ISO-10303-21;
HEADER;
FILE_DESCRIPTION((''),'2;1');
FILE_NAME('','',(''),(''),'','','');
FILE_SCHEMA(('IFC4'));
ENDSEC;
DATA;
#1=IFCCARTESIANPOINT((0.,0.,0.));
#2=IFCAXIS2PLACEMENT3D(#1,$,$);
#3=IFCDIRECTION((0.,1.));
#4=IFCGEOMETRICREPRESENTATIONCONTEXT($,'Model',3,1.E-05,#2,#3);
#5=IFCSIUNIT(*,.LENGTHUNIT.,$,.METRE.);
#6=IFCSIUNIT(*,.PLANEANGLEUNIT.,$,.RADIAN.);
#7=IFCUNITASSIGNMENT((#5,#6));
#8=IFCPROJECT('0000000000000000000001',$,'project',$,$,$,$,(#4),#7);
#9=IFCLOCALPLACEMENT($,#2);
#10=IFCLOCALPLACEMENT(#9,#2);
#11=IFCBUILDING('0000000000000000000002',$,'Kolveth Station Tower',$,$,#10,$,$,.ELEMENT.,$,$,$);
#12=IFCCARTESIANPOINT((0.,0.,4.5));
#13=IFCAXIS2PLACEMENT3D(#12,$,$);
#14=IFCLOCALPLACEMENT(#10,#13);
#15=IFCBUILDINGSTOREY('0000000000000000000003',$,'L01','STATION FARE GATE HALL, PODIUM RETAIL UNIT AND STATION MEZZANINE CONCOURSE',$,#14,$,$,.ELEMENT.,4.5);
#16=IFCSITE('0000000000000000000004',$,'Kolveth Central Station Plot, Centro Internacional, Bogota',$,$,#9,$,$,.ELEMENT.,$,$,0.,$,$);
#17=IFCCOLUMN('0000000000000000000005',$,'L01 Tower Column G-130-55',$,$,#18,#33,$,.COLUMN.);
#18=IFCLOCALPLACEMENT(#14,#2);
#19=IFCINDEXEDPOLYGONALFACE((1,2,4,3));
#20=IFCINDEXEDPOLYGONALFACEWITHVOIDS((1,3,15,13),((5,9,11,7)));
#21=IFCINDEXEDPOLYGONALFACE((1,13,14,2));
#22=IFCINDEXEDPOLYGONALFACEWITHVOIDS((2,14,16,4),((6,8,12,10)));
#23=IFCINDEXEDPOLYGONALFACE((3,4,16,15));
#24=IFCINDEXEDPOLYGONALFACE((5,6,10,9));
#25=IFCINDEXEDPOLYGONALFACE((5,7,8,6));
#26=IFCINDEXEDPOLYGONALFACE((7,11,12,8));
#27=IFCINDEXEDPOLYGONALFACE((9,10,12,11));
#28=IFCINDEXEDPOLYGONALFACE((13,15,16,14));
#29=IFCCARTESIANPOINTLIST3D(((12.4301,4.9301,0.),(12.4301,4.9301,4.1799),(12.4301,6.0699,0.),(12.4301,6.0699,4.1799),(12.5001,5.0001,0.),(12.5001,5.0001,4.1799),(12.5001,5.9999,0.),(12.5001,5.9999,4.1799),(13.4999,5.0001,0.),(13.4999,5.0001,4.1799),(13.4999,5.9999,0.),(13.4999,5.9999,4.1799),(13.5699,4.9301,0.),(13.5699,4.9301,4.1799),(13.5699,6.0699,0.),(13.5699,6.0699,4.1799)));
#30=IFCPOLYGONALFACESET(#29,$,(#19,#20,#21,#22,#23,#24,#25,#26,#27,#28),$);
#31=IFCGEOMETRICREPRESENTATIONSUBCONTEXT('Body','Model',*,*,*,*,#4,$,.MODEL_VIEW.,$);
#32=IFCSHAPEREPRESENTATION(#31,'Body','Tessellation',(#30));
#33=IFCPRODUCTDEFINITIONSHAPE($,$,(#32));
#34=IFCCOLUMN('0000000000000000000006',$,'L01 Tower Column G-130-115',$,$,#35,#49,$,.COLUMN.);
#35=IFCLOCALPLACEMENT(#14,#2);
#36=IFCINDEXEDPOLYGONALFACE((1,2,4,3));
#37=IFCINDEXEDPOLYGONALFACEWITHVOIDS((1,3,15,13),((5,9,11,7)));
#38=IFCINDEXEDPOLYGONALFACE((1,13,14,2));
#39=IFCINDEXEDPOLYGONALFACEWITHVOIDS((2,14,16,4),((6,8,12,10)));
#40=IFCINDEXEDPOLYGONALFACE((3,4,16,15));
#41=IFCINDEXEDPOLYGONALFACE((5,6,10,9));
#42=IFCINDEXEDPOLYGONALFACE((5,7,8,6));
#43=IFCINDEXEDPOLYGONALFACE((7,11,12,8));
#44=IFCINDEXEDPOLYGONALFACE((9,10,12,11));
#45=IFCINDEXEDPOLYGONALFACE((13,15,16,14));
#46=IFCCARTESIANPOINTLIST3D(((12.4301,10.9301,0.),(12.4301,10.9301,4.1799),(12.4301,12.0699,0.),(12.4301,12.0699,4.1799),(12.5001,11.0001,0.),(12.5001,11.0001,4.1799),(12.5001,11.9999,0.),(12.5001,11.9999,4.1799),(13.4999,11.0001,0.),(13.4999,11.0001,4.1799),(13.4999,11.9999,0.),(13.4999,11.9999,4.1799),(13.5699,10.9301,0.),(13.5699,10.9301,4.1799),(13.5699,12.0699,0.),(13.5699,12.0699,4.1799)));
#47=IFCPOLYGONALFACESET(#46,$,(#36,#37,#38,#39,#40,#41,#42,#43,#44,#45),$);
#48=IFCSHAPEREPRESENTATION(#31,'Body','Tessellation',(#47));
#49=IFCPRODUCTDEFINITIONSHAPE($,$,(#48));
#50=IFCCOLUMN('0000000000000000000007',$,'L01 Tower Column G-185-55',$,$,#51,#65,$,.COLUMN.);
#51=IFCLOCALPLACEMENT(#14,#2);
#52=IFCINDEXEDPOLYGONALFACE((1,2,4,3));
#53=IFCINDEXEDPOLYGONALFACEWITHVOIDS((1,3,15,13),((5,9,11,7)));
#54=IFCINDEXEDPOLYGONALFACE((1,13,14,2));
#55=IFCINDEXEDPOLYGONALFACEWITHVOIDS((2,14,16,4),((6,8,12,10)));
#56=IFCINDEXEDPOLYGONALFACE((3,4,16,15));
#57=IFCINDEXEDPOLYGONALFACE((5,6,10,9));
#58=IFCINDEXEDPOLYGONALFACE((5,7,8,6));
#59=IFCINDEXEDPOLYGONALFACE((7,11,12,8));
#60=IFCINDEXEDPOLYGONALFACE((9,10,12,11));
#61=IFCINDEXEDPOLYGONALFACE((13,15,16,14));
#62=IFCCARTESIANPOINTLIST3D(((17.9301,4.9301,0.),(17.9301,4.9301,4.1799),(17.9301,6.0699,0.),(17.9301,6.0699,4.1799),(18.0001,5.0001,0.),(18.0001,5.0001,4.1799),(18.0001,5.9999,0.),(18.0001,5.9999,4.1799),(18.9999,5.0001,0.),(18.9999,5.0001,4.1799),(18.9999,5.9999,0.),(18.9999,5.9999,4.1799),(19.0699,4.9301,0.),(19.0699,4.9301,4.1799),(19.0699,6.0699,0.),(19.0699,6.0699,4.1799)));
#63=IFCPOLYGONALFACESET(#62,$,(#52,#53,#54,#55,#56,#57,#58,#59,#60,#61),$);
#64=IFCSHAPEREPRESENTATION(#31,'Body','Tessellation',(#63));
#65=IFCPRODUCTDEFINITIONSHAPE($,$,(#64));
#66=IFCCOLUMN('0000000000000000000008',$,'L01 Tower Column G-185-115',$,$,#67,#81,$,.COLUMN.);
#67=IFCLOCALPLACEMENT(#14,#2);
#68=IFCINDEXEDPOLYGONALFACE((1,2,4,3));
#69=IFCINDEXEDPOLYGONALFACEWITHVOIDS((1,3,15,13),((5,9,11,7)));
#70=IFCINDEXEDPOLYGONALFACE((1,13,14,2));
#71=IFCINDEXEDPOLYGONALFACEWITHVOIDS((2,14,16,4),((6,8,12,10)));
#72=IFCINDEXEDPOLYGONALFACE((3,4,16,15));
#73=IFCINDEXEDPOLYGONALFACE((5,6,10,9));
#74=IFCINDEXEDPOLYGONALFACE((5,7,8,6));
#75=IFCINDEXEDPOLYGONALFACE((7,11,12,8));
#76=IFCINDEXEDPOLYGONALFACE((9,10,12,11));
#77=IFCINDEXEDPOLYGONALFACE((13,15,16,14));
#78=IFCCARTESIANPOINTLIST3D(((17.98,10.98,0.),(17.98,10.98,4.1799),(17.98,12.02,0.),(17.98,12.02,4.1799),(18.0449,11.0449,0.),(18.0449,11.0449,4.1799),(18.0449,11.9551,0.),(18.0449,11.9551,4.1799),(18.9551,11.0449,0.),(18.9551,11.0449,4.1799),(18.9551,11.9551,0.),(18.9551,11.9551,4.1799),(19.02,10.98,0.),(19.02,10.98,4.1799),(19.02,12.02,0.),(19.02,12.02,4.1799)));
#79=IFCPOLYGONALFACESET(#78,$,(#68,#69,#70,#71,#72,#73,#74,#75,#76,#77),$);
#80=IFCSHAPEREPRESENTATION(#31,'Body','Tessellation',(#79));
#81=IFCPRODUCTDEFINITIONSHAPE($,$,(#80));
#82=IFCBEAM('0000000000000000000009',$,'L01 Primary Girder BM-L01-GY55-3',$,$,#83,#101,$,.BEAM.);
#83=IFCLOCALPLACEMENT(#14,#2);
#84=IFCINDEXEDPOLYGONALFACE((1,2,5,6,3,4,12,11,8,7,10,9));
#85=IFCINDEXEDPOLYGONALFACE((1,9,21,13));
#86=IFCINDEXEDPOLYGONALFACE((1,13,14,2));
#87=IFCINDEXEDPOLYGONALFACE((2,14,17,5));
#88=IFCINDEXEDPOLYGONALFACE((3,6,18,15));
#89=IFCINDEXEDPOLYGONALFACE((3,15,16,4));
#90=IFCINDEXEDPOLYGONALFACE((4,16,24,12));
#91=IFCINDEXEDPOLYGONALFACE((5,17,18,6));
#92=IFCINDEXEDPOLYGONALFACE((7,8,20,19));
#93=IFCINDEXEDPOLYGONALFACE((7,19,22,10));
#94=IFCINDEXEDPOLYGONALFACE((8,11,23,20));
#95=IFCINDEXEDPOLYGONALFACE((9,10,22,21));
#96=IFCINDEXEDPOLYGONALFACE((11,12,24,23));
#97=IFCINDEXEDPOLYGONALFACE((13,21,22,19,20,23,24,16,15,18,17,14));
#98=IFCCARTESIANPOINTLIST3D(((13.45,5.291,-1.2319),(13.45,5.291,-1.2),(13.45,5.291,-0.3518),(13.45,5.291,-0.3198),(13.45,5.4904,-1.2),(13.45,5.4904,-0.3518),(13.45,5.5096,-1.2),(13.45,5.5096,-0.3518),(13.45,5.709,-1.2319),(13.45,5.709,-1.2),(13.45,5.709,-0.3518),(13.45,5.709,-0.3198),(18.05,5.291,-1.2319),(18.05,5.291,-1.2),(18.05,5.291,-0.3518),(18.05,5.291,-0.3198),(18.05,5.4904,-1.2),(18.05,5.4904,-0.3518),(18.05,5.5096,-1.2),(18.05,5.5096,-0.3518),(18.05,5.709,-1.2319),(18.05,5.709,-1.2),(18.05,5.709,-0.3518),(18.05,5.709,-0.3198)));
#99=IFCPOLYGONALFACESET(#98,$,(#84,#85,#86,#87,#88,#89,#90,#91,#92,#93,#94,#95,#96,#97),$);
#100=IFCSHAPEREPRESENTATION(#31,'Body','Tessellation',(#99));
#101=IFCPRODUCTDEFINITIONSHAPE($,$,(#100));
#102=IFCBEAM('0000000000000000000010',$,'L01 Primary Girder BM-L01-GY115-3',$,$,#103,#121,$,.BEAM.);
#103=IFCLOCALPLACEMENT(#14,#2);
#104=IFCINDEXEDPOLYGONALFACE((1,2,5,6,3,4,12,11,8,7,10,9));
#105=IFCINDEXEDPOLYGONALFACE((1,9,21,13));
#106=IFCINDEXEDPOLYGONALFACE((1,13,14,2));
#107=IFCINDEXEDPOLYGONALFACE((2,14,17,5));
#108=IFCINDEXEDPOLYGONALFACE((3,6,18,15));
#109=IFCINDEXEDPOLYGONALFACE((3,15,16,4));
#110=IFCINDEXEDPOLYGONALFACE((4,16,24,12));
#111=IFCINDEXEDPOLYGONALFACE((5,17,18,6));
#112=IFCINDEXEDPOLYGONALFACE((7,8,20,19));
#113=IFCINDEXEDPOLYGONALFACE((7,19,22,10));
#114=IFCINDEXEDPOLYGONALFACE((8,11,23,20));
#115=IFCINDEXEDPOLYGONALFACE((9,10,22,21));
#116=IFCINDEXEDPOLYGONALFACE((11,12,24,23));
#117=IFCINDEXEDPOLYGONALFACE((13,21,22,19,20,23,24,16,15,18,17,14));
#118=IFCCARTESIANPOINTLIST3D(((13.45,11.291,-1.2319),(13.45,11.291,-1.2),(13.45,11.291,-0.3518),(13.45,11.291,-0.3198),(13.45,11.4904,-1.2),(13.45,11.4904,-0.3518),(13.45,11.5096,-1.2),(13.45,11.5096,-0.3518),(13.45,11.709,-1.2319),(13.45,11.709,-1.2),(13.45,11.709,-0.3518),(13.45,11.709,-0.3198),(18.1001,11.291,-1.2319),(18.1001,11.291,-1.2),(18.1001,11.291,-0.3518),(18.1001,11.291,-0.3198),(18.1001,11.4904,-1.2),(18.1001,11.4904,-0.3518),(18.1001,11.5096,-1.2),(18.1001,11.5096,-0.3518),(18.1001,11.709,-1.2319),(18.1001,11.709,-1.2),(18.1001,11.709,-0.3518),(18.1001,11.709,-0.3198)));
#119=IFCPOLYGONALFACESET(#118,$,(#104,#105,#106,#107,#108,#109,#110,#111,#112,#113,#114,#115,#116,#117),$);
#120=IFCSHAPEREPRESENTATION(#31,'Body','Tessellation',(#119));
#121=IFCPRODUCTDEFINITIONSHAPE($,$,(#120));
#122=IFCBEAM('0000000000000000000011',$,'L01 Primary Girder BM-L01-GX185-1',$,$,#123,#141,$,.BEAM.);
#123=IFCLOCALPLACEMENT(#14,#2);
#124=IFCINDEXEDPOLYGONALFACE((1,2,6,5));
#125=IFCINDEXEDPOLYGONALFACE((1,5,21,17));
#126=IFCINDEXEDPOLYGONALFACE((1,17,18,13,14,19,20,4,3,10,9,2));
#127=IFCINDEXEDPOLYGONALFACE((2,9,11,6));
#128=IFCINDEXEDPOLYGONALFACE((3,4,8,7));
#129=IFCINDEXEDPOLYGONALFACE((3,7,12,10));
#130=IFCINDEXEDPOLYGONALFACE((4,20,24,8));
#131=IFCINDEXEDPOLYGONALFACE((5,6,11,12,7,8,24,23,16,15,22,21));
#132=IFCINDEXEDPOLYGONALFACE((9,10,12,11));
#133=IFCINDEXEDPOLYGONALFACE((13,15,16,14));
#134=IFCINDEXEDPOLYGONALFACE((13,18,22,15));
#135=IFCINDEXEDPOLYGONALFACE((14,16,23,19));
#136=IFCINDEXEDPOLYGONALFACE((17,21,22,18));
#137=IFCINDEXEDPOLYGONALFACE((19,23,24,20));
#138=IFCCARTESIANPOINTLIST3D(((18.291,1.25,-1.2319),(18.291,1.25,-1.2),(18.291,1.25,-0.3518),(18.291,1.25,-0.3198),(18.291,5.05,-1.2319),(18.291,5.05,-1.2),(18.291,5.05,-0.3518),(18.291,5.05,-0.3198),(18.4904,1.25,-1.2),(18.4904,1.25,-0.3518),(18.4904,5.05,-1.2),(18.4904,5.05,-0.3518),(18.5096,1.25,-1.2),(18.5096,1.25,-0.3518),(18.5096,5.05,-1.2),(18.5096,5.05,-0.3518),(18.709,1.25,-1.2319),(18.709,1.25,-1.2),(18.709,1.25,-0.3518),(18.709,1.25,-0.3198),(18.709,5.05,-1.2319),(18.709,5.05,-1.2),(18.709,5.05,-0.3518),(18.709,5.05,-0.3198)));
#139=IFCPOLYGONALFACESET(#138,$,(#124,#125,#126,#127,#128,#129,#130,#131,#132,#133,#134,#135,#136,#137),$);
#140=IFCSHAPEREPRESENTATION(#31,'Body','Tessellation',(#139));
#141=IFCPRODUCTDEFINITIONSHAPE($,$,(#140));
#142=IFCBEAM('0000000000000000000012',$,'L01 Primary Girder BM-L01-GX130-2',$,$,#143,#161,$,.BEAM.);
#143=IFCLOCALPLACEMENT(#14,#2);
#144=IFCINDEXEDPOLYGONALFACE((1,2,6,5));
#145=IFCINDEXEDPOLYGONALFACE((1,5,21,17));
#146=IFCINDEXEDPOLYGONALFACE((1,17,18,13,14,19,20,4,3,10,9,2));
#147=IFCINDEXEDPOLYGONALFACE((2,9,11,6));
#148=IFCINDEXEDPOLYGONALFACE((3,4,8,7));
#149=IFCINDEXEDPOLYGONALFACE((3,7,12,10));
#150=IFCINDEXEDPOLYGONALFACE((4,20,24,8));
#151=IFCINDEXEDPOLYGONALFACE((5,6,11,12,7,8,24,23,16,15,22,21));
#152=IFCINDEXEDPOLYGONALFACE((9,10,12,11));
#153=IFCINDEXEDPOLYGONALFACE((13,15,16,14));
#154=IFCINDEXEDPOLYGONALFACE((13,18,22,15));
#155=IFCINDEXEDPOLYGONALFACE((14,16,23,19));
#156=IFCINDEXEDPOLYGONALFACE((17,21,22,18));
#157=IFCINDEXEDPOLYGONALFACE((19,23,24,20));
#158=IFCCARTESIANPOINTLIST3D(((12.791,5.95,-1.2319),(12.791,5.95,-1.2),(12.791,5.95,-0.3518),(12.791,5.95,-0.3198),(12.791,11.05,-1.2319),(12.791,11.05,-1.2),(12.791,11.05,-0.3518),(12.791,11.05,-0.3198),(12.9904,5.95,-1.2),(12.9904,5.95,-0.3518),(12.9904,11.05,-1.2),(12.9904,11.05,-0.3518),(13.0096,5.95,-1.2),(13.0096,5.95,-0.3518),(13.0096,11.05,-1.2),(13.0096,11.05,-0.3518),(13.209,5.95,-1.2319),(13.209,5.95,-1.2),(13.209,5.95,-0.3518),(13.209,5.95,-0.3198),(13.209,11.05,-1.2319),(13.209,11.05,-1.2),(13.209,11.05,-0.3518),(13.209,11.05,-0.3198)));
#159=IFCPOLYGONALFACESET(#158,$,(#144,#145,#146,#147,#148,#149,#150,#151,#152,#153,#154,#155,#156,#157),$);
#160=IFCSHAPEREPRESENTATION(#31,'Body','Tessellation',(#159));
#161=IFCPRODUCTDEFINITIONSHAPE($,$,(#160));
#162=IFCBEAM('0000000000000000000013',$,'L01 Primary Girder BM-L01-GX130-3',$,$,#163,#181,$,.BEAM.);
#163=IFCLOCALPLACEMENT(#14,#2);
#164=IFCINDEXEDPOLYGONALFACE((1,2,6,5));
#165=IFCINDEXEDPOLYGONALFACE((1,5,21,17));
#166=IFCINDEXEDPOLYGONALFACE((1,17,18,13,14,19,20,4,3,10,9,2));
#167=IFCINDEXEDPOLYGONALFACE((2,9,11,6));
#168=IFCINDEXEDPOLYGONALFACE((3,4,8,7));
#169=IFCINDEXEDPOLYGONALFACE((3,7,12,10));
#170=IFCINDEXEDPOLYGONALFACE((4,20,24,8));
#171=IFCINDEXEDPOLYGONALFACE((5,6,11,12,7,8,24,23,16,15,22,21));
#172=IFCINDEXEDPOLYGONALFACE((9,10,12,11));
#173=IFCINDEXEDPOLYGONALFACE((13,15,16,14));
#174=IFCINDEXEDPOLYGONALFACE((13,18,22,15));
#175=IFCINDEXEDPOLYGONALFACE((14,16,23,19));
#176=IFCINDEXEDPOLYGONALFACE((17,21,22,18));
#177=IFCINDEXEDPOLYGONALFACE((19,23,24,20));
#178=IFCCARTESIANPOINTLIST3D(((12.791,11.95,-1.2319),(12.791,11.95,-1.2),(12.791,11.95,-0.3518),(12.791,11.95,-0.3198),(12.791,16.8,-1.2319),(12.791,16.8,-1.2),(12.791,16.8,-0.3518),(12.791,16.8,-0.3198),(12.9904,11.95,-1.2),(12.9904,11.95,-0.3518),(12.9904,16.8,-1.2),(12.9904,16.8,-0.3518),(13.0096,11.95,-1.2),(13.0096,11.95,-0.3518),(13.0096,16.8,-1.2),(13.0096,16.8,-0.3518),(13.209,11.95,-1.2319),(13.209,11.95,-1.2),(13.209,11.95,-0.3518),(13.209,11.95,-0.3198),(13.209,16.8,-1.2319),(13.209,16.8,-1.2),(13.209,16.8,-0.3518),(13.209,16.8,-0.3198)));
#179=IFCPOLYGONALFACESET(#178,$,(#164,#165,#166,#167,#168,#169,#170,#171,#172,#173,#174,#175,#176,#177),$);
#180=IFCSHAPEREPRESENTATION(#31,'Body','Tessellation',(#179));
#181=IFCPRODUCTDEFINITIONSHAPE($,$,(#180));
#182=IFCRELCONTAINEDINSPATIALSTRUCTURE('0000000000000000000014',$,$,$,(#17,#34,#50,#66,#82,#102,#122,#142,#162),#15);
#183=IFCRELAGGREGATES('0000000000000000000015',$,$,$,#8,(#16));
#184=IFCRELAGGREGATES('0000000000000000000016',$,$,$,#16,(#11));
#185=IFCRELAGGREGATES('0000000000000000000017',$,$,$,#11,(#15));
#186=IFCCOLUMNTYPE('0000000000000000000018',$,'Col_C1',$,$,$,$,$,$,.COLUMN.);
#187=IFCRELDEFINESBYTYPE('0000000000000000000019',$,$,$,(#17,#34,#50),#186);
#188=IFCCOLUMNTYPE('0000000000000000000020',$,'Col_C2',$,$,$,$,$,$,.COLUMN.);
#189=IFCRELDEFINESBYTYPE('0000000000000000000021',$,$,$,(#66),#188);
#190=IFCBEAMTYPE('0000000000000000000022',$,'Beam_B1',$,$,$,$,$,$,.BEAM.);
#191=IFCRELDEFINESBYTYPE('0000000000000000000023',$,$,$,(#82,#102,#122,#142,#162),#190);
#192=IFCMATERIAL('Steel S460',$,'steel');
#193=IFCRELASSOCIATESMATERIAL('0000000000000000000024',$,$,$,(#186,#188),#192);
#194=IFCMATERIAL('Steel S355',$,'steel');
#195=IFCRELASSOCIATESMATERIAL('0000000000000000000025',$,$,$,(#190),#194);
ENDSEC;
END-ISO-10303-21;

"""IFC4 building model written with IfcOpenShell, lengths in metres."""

from ifc_helpers import new_model, si_unit, direction, frame, origin, origin_2d, place, context, subcontext, project, spatial, hollow_rectangle, i_section, extrude, source, transform, mapped, material, material_profile, profile_set, type_object, element, save


model = new_model("IFC4")

# Units and contexts
model_context = context("Model", 3, precision=1e-05, world=origin(), true_north=direction((0.0, 1.0)))
body_context = subcontext(model_context, "Body", "Model", "MODEL_VIEW")
ifc_project = project(units=[si_unit("LENGTHUNIT", "METRE"), si_unit("PLANEANGLEUNIT", "RADIAN")], contexts=[model_context])

# Site, building, storey
site_placement = place(None, origin())
site = spatial("IfcSite", under=ifc_project, at=site_placement, Name="Kolveth Central Station Plot, Centro Internacional, Bogota", CompositionType="ELEMENT", RefElevation=0.0)
building_placement = place(site_placement, origin())
building = spatial("IfcBuilding", under=site, at=building_placement, Name="Kolveth Station Tower", CompositionType="ELEMENT")
storey_placement = place(building_placement, frame((0.0, 0.0, 4.5)))
storey = spatial("IfcBuildingStorey", under=building, at=storey_placement, Name="L01", Description="STATION FARE GATE HALL, PODIUM RETAIL UNIT AND STATION MEZZANINE CONCOURSE", CompositionType="ELEMENT", Elevation=4.5)

# Columns
ifc_material_1 = material(Name="Steel S460", Category="steel")
ifc_material_profile_1 = material_profile(ifc_material_1, hollow_rectangle(XDim=1.1399, YDim=1.1399, WallThickness=0.0701, at=origin_2d()), Name="BOX1140x1140x70")
ifc_profile_set_1 = profile_set([ifc_material_profile_1], Name="Steel S460")
column_type_1 = type_object("IfcColumnType", Name="Col_C1", PredefinedType="COLUMN", material=ifc_profile_set_1)
shared_shape_1 = source(origin(), body_context, "Body", "SweptSolid", [
    extrude(hollow_rectangle(XDim=1.1399, YDim=1.1399, WallThickness=0.0701, at=origin_2d()), origin(), (0.0, 0.0, 1.0), 4.1799),
])
for number, where, z_axis, x_axis, name in (
    (1, (13.0, 5.5, 0.0), (0.0, 0.0, 1.0), (1.0, 0.0, 0.0), "L01 Tower Column G-130-55"),
    (2, (13.0, 11.5, 0.0), (0.0, 0.0, 1.0), (1.0, 0.0, 0.0), "L01 Tower Column G-130-115"),
    (3, (18.5, 5.5, 0.0), (0.0, 0.0, 1.0), (1.0, 0.0, 0.0), "L01 Tower Column G-185-55"),
):
    element("IfcColumn", number, at=place(storey_placement, frame(where, z_axis=z_axis, x_axis=x_axis)), inside=storey, type_object=column_type_1, Name=name, PredefinedType="COLUMN", context=body_context, shape_type="MappedRepresentation", body=[
        mapped(shared_shape_1, transform((0.0, 0.0, 0.0), x_axis=(1.0, 0.0, 0.0), y_axis=(0.0, 1.0, 0.0), z_axis=(0.0, 0.0, 1.0), scale=1.0)),
    ])
ifc_material_profile_2 = material_profile(ifc_material_1, hollow_rectangle(XDim=1.04, YDim=1.04, WallThickness=0.0649, at=origin_2d()), Name="BOX1040x1040x65")
ifc_profile_set_2 = profile_set([ifc_material_profile_2], Name="Steel S460")
column_type_2 = type_object("IfcColumnType", Name="Col_C2", PredefinedType="COLUMN", material=ifc_profile_set_2)
shared_shape_2 = source(origin(), body_context, "Body", "SweptSolid", [
    extrude(hollow_rectangle(XDim=1.04, YDim=1.04, WallThickness=0.0649, at=origin_2d()), origin(), (0.0, 0.0, 1.0), 4.1799),
])
column_placement = place(storey_placement, frame((18.5, 11.5, 0.0), z_axis=(0.0, 0.0, 1.0), x_axis=(1.0, 0.0, 0.0)))
element("IfcColumn", 4, at=column_placement, inside=storey, type_object=column_type_2, Name="L01 Tower Column G-185-115", PredefinedType="COLUMN", context=body_context, shape_type="MappedRepresentation", body=[
    mapped(shared_shape_2, transform((0.0, 0.0, 0.0), x_axis=(1.0, 0.0, 0.0), y_axis=(0.0, 1.0, 0.0), z_axis=(0.0, 0.0, 1.0), scale=1.0)),
])

# Beams
ifc_material_2 = material(Name="Steel S355", Category="steel")
ifc_material_profile_3 = material_profile(ifc_material_2, i_section(OverallWidth=0.418, OverallDepth=0.9121, WebThickness=0.0193, FlangeThickness=0.032, at=origin_2d()), Name="W920x342")
ifc_profile_set_3 = profile_set([ifc_material_profile_3], Name="Steel S355")
beam_type_1 = type_object("IfcBeamType", Name="Beam_B1", PredefinedType="BEAM", material=ifc_profile_set_3)
shared_shape_3 = source(origin(), body_context, "Body", "SweptSolid", [
    extrude(i_section(OverallWidth=0.418, OverallDepth=0.9121, WebThickness=0.0193, FlangeThickness=0.032, at=origin_2d()), origin(), (0.0, 0.0, 1.0), 4.6001),
])
beam_1_placement = place(storey_placement, frame((13.45, 5.5, -0.7759), z_axis=(1.0, 0.0, 0.0), x_axis=(0.0, 1.0, 0.0)))
element("IfcBeam", 5, at=beam_1_placement, inside=storey, type_object=beam_type_1, Name="L01 Primary Girder BM-L01-GY55-3", PredefinedType="BEAM", context=body_context, shape_type="MappedRepresentation", body=[
    mapped(shared_shape_3, transform((0.0, 0.0, 0.0), x_axis=(1.0, 0.0, 0.0), y_axis=(0.0, 1.0, 0.0), z_axis=(0.0, 0.0, 1.0), scale=1.0)),
])
shared_shape_4 = source(origin(), body_context, "Body", "SweptSolid", [
    extrude(i_section(OverallWidth=0.418, OverallDepth=0.9121, WebThickness=0.0193, FlangeThickness=0.032, at=origin_2d()), origin(), (0.0, 0.0, 1.0), 4.6501),
])
beam_2_placement = place(storey_placement, frame((13.45, 11.5, -0.7759), z_axis=(1.0, 0.0, 0.0), x_axis=(0.0, 1.0, 0.0)))
element("IfcBeam", 6, at=beam_2_placement, inside=storey, type_object=beam_type_1, Name="L01 Primary Girder BM-L01-GY115-3", PredefinedType="BEAM", context=body_context, shape_type="MappedRepresentation", body=[
    mapped(shared_shape_4, transform((0.0, 0.0, 0.0), x_axis=(1.0, 0.0, 0.0), y_axis=(0.0, 1.0, 0.0), z_axis=(0.0, 0.0, 1.0), scale=1.0)),
])
shared_shape_5 = source(origin(), body_context, "Body", "SweptSolid", [
    extrude(i_section(OverallWidth=0.418, OverallDepth=0.9121, WebThickness=0.0193, FlangeThickness=0.032, at=origin_2d()), origin(), (0.0, 0.0, 1.0), 3.8),
])
beam_3_placement = place(storey_placement, frame((18.5, 1.25, -0.7759), z_axis=(0.0, 1.0, 0.0), x_axis=(-1.0, 0.0, 0.0)))
element("IfcBeam", 7, at=beam_3_placement, inside=storey, type_object=beam_type_1, Name="L01 Primary Girder BM-L01-GX185-1", PredefinedType="BEAM", context=body_context, shape_type="MappedRepresentation", body=[
    mapped(shared_shape_5, transform((0.0, 0.0, 0.0), x_axis=(1.0, 0.0, 0.0), y_axis=(0.0, 1.0, 0.0), z_axis=(0.0, 0.0, 1.0), scale=1.0)),
])
shared_shape_6 = source(origin(), body_context, "Body", "SweptSolid", [
    extrude(i_section(OverallWidth=0.418, OverallDepth=0.9121, WebThickness=0.0193, FlangeThickness=0.032, at=origin_2d()), origin(), (0.0, 0.0, 1.0), 5.1001),
])
beam_4_placement = place(storey_placement, frame((13.0, 5.95, -0.7759), z_axis=(0.0, 1.0, 0.0), x_axis=(-1.0, 0.0, 0.0)))
element("IfcBeam", 8, at=beam_4_placement, inside=storey, type_object=beam_type_1, Name="L01 Primary Girder BM-L01-GX130-2", PredefinedType="BEAM", context=body_context, shape_type="MappedRepresentation", body=[
    mapped(shared_shape_6, transform((0.0, 0.0, 0.0), x_axis=(1.0, 0.0, 0.0), y_axis=(0.0, 1.0, 0.0), z_axis=(0.0, 0.0, 1.0), scale=1.0)),
])
shared_shape_7 = source(origin(), body_context, "Body", "SweptSolid", [
    extrude(i_section(OverallWidth=0.418, OverallDepth=0.9121, WebThickness=0.0193, FlangeThickness=0.032, at=origin_2d()), origin(), (0.0, 0.0, 1.0), 4.8501),
])
beam_5_placement = place(storey_placement, frame((13.0, 11.95, -0.7759), z_axis=(0.0, 1.0, 0.0), x_axis=(-1.0, 0.0, 0.0)))
element("IfcBeam", 9, at=beam_5_placement, inside=storey, type_object=beam_type_1, Name="L01 Primary Girder BM-L01-GX130-3", PredefinedType="BEAM", context=body_context, shape_type="MappedRepresentation", body=[
    mapped(shared_shape_7, transform((0.0, 0.0, 0.0), x_axis=(1.0, 0.0, 0.0), y_axis=(0.0, 1.0, 0.0), z_axis=(0.0, 0.0, 1.0), scale=1.0)),
])

save(model, "model.ifc")
